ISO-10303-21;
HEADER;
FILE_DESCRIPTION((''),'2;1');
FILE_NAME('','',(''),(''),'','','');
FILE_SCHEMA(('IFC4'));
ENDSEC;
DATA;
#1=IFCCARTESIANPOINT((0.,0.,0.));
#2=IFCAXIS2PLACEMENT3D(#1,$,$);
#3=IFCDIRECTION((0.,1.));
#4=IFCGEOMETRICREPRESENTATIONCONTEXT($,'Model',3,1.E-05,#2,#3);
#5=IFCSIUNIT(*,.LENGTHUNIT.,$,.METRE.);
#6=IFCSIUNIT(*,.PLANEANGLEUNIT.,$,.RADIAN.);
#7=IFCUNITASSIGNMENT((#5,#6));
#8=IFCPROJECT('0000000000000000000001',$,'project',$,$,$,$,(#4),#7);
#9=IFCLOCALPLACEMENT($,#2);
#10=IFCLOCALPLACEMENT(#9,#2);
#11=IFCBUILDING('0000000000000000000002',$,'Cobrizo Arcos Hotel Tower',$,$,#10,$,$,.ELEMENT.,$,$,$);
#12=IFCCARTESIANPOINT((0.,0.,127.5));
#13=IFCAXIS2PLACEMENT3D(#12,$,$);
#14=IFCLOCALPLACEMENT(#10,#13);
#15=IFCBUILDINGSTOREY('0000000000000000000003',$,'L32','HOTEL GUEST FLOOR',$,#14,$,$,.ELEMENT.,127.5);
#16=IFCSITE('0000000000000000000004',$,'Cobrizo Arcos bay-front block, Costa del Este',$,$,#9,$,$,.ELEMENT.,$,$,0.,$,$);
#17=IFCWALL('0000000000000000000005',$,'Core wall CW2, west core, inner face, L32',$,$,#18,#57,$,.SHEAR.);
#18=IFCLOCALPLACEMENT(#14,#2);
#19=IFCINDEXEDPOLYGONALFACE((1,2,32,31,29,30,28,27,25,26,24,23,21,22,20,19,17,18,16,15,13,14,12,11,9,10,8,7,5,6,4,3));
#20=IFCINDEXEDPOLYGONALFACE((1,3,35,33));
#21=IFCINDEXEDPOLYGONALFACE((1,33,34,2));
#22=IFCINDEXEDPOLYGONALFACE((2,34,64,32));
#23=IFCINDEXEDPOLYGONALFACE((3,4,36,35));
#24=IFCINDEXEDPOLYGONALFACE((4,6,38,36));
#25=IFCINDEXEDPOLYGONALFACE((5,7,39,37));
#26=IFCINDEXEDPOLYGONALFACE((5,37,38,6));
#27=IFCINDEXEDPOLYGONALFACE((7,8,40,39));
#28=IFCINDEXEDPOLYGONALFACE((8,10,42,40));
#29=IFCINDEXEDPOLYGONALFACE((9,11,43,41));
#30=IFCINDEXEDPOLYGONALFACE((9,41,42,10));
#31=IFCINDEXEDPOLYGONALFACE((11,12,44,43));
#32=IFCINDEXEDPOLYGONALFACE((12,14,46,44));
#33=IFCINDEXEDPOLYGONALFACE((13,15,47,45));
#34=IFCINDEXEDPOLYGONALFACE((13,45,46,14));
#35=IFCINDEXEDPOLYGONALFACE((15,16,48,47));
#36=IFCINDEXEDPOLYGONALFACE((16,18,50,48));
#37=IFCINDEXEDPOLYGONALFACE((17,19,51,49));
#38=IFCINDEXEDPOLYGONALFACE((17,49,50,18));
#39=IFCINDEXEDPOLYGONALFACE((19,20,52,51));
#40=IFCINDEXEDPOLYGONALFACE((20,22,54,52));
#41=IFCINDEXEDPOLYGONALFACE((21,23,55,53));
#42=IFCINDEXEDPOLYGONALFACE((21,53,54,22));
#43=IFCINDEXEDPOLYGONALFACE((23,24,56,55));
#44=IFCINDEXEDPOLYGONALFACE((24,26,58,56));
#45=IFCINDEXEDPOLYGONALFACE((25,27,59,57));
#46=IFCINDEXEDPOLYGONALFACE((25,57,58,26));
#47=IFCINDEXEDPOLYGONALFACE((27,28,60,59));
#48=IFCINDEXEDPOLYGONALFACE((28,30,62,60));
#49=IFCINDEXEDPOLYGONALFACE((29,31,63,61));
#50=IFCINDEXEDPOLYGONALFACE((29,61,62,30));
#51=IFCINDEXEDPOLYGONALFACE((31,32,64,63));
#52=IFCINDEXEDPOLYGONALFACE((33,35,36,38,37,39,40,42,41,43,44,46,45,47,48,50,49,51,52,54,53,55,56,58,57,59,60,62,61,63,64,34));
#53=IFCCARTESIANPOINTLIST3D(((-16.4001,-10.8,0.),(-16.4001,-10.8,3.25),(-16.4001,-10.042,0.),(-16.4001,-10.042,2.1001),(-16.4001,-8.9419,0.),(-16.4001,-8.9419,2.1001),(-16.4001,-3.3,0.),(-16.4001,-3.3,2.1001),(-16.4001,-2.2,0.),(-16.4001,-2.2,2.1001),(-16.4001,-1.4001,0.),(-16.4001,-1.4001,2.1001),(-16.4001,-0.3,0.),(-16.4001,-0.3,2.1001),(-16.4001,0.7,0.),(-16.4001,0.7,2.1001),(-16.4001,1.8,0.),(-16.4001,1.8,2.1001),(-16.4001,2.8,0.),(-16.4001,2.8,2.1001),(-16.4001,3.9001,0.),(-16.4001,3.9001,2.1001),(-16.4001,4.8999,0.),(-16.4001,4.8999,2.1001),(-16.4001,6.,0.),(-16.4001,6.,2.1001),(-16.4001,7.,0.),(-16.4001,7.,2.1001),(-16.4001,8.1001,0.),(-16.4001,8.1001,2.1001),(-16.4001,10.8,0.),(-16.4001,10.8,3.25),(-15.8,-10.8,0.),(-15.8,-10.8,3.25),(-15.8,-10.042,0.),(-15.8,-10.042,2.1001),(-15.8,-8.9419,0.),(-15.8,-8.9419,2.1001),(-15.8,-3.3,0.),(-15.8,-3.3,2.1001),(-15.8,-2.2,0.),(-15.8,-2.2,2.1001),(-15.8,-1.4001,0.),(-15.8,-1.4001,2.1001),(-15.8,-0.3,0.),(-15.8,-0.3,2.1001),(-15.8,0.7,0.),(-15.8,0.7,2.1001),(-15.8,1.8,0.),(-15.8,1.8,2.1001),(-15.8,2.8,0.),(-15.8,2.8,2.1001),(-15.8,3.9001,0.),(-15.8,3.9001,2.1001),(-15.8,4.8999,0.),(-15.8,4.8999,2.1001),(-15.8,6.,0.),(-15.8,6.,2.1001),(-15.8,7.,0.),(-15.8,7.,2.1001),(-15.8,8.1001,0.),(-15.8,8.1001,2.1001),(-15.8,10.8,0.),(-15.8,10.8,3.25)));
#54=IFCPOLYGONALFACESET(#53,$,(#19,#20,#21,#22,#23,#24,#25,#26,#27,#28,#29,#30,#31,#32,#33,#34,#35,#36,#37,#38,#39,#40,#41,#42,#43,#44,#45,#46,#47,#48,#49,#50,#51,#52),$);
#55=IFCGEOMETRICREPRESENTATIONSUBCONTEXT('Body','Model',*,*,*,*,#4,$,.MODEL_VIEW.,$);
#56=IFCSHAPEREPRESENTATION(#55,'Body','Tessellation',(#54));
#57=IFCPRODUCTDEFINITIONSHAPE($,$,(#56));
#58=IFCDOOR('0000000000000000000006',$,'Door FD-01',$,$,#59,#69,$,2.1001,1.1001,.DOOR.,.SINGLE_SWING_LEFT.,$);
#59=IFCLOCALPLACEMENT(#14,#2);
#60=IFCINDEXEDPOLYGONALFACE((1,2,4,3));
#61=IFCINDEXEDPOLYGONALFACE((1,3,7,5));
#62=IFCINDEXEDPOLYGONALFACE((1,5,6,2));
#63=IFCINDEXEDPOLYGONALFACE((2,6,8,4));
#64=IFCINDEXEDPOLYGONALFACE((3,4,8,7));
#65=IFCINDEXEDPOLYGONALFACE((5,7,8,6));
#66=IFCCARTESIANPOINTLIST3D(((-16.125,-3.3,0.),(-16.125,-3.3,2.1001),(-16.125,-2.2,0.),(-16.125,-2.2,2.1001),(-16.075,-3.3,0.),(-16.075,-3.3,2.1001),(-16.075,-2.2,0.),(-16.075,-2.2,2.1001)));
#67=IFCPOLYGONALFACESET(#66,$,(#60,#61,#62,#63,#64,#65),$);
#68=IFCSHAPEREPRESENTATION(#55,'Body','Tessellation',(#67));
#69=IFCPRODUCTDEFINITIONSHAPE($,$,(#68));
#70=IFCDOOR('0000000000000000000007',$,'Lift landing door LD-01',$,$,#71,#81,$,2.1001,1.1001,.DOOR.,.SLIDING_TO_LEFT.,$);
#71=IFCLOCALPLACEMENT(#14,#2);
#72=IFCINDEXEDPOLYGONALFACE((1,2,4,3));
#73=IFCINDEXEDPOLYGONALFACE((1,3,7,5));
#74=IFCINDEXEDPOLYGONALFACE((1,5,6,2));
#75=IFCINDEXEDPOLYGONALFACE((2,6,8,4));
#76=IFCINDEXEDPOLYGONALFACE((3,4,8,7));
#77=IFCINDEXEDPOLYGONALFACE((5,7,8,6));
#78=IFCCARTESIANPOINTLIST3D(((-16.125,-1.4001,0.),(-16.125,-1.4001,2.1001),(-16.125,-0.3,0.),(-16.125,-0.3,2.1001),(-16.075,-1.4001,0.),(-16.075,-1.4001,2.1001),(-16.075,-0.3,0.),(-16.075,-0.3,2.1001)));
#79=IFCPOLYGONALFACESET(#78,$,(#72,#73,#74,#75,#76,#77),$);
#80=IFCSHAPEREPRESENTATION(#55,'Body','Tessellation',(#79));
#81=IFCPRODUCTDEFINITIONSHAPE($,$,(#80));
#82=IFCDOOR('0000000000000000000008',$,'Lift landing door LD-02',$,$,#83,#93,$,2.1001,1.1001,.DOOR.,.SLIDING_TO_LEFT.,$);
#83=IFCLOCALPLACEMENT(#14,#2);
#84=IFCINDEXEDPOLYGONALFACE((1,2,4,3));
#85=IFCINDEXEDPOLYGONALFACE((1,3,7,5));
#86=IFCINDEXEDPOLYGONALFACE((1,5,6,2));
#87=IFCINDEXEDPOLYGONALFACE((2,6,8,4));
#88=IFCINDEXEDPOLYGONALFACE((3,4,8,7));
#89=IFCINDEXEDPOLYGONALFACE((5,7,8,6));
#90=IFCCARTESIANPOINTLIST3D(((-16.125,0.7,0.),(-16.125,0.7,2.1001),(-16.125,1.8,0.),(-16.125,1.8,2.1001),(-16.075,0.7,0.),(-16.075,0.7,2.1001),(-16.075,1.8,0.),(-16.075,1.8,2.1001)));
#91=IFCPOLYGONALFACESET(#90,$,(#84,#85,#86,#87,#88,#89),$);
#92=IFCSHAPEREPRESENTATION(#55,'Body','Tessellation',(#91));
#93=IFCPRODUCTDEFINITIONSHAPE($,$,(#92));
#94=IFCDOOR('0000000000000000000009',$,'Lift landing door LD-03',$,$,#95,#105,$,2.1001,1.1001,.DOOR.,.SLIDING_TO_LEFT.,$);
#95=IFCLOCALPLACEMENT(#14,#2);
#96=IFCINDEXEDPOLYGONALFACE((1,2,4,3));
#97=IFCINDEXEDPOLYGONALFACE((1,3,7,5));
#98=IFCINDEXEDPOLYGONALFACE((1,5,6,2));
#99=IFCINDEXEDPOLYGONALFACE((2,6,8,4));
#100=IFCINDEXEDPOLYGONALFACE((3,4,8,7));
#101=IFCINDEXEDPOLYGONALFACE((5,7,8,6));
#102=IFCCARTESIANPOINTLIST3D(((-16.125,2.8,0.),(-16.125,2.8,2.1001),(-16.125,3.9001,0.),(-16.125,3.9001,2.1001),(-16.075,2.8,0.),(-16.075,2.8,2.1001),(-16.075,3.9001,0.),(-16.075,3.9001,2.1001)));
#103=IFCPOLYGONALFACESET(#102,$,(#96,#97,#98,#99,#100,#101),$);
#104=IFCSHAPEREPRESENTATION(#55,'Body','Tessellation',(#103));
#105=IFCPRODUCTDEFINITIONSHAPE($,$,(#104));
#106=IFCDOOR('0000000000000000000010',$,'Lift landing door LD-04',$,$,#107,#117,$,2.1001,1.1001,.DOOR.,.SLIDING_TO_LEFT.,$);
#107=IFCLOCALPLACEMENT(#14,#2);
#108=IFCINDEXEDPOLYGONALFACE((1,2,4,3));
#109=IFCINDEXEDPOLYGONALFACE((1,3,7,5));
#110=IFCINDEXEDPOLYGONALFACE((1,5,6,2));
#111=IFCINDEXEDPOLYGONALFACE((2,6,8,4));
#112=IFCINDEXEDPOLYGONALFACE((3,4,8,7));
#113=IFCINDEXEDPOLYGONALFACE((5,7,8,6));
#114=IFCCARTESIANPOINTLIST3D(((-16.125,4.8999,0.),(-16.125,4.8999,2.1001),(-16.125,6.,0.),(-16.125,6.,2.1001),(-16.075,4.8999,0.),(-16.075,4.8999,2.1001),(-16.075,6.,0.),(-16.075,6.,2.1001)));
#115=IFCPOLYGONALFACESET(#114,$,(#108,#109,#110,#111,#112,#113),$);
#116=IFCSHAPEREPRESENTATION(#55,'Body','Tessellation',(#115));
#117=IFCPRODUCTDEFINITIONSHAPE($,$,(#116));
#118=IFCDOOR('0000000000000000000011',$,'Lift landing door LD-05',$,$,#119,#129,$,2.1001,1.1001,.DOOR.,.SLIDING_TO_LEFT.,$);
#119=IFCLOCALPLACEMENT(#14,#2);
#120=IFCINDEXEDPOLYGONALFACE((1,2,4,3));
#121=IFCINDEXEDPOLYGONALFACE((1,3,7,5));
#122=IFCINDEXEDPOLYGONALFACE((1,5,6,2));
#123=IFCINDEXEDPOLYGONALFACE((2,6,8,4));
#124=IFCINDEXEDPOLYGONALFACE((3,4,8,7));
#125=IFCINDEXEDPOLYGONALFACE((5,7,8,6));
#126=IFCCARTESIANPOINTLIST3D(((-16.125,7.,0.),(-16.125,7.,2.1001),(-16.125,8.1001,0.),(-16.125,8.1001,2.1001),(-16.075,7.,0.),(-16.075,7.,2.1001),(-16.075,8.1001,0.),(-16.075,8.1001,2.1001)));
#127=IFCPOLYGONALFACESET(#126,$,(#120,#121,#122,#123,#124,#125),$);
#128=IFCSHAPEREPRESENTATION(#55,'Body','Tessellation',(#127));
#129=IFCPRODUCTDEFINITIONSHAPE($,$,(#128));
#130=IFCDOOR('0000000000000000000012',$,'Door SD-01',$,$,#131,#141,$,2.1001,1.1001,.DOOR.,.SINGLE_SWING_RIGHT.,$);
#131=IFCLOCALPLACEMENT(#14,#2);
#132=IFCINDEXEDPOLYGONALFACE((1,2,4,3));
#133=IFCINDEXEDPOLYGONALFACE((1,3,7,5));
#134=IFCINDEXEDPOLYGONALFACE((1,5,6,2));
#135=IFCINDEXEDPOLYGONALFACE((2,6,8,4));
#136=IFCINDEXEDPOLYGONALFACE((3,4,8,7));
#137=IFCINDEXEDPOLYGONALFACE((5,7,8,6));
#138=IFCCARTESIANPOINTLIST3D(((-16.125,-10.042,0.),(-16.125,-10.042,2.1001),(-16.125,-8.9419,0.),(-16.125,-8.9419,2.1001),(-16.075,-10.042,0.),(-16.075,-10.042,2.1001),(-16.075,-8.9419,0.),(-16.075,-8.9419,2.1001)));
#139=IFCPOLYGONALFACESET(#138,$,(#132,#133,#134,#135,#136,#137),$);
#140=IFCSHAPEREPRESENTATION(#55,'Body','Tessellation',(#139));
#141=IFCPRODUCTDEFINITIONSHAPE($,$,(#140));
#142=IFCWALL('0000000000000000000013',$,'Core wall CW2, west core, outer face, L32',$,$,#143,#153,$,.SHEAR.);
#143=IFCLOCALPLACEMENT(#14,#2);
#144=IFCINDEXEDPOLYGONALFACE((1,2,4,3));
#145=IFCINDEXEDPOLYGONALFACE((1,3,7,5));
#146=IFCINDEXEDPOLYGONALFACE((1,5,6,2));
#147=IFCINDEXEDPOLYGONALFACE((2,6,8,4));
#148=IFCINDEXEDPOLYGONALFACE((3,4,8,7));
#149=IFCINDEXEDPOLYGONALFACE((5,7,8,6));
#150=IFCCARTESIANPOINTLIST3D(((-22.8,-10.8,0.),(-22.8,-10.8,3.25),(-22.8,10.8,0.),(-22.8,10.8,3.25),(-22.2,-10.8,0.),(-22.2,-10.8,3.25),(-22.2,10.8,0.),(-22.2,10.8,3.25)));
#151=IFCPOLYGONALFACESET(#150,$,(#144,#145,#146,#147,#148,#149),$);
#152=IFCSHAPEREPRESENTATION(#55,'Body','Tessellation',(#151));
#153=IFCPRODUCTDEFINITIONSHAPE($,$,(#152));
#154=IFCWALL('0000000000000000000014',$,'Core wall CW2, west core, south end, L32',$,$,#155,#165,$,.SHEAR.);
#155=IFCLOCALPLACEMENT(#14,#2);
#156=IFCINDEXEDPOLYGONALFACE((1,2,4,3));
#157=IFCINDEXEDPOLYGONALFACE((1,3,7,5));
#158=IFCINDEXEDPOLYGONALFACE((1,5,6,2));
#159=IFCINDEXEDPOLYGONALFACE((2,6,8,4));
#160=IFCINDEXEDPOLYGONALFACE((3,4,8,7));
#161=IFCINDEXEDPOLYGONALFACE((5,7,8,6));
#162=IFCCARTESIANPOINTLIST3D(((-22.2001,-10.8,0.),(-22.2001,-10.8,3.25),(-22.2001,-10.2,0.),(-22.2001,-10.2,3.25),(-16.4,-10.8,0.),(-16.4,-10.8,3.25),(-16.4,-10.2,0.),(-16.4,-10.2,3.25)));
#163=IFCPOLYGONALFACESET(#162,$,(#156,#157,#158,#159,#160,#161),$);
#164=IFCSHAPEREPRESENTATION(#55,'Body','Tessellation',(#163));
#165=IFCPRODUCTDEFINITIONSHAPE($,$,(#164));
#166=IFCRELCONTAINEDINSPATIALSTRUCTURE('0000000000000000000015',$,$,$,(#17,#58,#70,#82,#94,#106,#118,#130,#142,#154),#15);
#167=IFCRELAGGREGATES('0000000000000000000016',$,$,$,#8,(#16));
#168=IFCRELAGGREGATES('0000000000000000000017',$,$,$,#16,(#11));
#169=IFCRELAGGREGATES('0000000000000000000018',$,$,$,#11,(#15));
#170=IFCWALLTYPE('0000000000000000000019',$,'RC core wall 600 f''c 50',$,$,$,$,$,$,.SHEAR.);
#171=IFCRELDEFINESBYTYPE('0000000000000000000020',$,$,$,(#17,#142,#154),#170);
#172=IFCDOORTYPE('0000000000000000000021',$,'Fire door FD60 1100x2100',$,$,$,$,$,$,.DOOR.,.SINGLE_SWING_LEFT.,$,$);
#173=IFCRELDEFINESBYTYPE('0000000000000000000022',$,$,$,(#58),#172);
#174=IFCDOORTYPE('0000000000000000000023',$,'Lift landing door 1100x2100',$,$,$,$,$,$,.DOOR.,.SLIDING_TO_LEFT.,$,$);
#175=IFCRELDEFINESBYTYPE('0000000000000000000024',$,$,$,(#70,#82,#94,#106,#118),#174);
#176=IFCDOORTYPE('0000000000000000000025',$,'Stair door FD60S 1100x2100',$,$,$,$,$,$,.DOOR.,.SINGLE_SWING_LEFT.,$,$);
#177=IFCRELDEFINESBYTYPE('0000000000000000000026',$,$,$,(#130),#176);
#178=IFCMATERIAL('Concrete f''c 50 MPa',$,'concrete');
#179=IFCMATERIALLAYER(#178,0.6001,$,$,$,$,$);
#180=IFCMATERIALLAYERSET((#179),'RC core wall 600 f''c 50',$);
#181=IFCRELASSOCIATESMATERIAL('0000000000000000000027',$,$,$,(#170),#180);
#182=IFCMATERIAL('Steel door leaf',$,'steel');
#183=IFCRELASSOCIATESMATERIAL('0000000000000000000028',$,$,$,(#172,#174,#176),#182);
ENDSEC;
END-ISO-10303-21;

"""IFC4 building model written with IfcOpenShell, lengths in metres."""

from ifc_helpers import new_model, si_unit, direction, frame, frame_2d, origin, place, context, subcontext, project, spatial, rectangle, extrude, material, layer, layer_set, type_object, element, fill, save


model = new_model("IFC4")

# Units and contexts
model_context = context("Model", 3, precision=1e-05, world=origin(), true_north=direction((0.0, 1.0)))
body_context = subcontext(model_context, "Body", "Model", "MODEL_VIEW")
ifc_project = project(units=[si_unit("LENGTHUNIT", "METRE"), si_unit("PLANEANGLEUNIT", "RADIAN")], contexts=[model_context])

# Site, building, storey
site_placement = place(None, origin())
site = spatial("IfcSite", under=ifc_project, at=site_placement, Name="Cobrizo Arcos bay-front block, Costa del Este", CompositionType="ELEMENT", RefElevation=0.0)
building_placement = place(site_placement, origin())
building = spatial("IfcBuilding", under=site, at=building_placement, Name="Cobrizo Arcos Hotel Tower", CompositionType="ELEMENT")
storey_placement = place(building_placement, frame((0.0, 0.0, 127.5)))
storey = spatial("IfcBuildingStorey", under=building, at=storey_placement, Name="L32", Description="HOTEL GUEST FLOOR", CompositionType="ELEMENT", Elevation=127.5)

# Wall, openings, doors
ifc_material_1 = material(Name="Concrete f'c 50 MPa", Category="concrete")
ifc_layer_1 = layer(ifc_material_1, 0.6001)
ifc_layer_set_1 = layer_set([ifc_layer_1], Name="RC core wall 600 f'c 50")
wall_type_1 = type_object("IfcWallType", Name="RC core wall 600 f'c 50", PredefinedType="SHEAR", material=ifc_layer_set_1)
wall_1_placement = place(storey_placement, frame((-16.1001, -10.8, 0.0), z_axis=(0.0, 0.0, 1.0), x_axis=(0.0, 1.0, 0.0)))
wall_1 = element("IfcWall", 1, at=wall_1_placement, inside=storey, type_object=wall_type_1, Name="Core wall CW2, west core, inner face, L32", PredefinedType="SHEAR", context=body_context, shape_type="SweptSolid", body=[
    extrude(rectangle(XDim=21.6001, YDim=0.6001, at=frame_2d((10.8, 0.0))), origin(), (0.0, 0.0, 1.0), 3.25),
])
opening_1_placement = place(wall_1_placement, frame((9.3999, 0.0, 0.0)))
opening_1 = element("IfcOpeningElement", 2, at=opening_1_placement, cuts=wall_1, PredefinedType="OPENING", context=body_context, shape_type="SweptSolid", body=[
    extrude(rectangle(XDim=1.1001, YDim=2.1001, at=frame_2d((0.55, 1.05))), frame((0.0, 0.312, 0.0), z_axis=(0.0, -1.0, 0.0), x_axis=(1.0, 0.0, 0.0)), (0.0, 0.0, 1.0), 0.624),
])
opening_2_placement = place(wall_1_placement, frame((11.5, 0.0, 0.0)))
opening_2 = element("IfcOpeningElement", 3, at=opening_2_placement, cuts=wall_1, PredefinedType="OPENING", context=body_context, shape_type="SweptSolid", body=[
    extrude(rectangle(XDim=1.1001, YDim=2.1001, at=frame_2d((0.55, 1.05))), frame((0.0, 0.312, 0.0), z_axis=(0.0, -1.0, 0.0), x_axis=(1.0, 0.0, 0.0)), (0.0, 0.0, 1.0), 0.624),
])
opening_3_placement = place(wall_1_placement, frame((13.6001, 0.0, 0.0)))
opening_3 = element("IfcOpeningElement", 4, at=opening_3_placement, cuts=wall_1, PredefinedType="OPENING", context=body_context, shape_type="SweptSolid", body=[
    extrude(rectangle(XDim=1.1001, YDim=2.1001, at=frame_2d((0.55, 1.05))), frame((0.0, 0.312, 0.0), z_axis=(0.0, -1.0, 0.0), x_axis=(1.0, 0.0, 0.0)), (0.0, 0.0, 1.0), 0.624),
])
opening_4_placement = place(wall_1_placement, frame((15.7, 0.0, 0.0)))
opening_4 = element("IfcOpeningElement", 5, at=opening_4_placement, cuts=wall_1, PredefinedType="OPENING", context=body_context, shape_type="SweptSolid", body=[
    extrude(rectangle(XDim=1.1001, YDim=2.1001, at=frame_2d((0.55, 1.05))), frame((0.0, 0.312, 0.0), z_axis=(0.0, -1.0, 0.0), x_axis=(1.0, 0.0, 0.0)), (0.0, 0.0, 1.0), 0.624),
])
opening_5_placement = place(wall_1_placement, frame((17.8, 0.0, 0.0)))
opening_5 = element("IfcOpeningElement", 6, at=opening_5_placement, cuts=wall_1, PredefinedType="OPENING", context=body_context, shape_type="SweptSolid", body=[
    extrude(rectangle(XDim=1.1001, YDim=2.1001, at=frame_2d((0.55, 1.05))), frame((0.0, 0.312, 0.0), z_axis=(0.0, -1.0, 0.0), x_axis=(1.0, 0.0, 0.0)), (0.0, 0.0, 1.0), 0.624),
])
opening_6_placement = place(wall_1_placement, frame((0.7581, 0.0, 0.0)))
opening_6 = element("IfcOpeningElement", 7, at=opening_6_placement, cuts=wall_1, PredefinedType="OPENING", context=body_context, shape_type="SweptSolid", body=[
    extrude(rectangle(XDim=1.1001, YDim=2.1001, at=frame_2d((0.55, 1.05))), frame((0.0, 0.312, 0.0), z_axis=(0.0, -1.0, 0.0), x_axis=(1.0, 0.0, 0.0)), (0.0, 0.0, 1.0), 0.624),
])
opening_7_placement = place(wall_1_placement, frame((7.5, 0.0, 0.0)))
opening_7 = element("IfcOpeningElement", 8, at=opening_7_placement, cuts=wall_1, PredefinedType="OPENING", context=body_context, shape_type="SweptSolid", body=[
    extrude(rectangle(XDim=1.1001, YDim=2.1001, at=frame_2d((0.55, 1.05))), frame((0.0, 0.312, 0.0), z_axis=(0.0, -1.0, 0.0), x_axis=(1.0, 0.0, 0.0)), (0.0, 0.0, 1.0), 0.624),
])
ifc_material_2 = material(Name="Steel door leaf", Category="steel")
door_type_1 = type_object("IfcDoorType", Name="Fire door FD60 1100x2100", OperationType="SINGLE_SWING_LEFT", PredefinedType="DOOR", material=ifc_material_2)
door_1_placement = place(opening_7_placement, origin())
door_1 = element("IfcDoor", 9, at=door_1_placement, inside=storey, type_object=door_type_1, Name="Door FD-01", OperationType="SINGLE_SWING_LEFT", OverallHeight=2.1001, OverallWidth=1.1001, PredefinedType="DOOR", context=body_context, shape_type="SweptSolid", body=[
    extrude(rectangle(XDim=1.1001, YDim=2.1001, at=frame_2d((0.55, 1.05))), frame((0.0, 0.0249, 0.0), z_axis=(0.0, -1.0, 0.0), x_axis=(1.0, 0.0, 0.0)), (0.0, 0.0, 1.0), 0.05),
])
fill(opening_7, door_1)
door_type_2 = type_object("IfcDoorType", Name="Lift landing door 1100x2100", OperationType="SLIDING_TO_LEFT", PredefinedType="DOOR", material=ifc_material_2)
door_2_placement = place(opening_1_placement, origin())
door_2 = element("IfcDoor", 10, at=door_2_placement, inside=storey, type_object=door_type_2, Name="Lift landing door LD-01", OperationType="SLIDING_TO_LEFT", OverallHeight=2.1001, OverallWidth=1.1001, PredefinedType="DOOR", context=body_context, shape_type="SweptSolid", body=[
    extrude(rectangle(XDim=1.1001, YDim=2.1001, at=frame_2d((0.55, 1.05))), frame((0.0, 0.0249, 0.0), z_axis=(0.0, -1.0, 0.0), x_axis=(1.0, 0.0, 0.0)), (0.0, 0.0, 1.0), 0.05),
])
fill(opening_1, door_2)
door_3_placement = place(opening_2_placement, origin())
door_3 = element("IfcDoor", 11, at=door_3_placement, inside=storey, type_object=door_type_2, Name="Lift landing door LD-02", OperationType="SLIDING_TO_LEFT", OverallHeight=2.1001, OverallWidth=1.1001, PredefinedType="DOOR", context=body_context, shape_type="SweptSolid", body=[
    extrude(rectangle(XDim=1.1001, YDim=2.1001, at=frame_2d((0.55, 1.05))), frame((0.0, 0.0249, 0.0), z_axis=(0.0, -1.0, 0.0), x_axis=(1.0, 0.0, 0.0)), (0.0, 0.0, 1.0), 0.05),
])
fill(opening_2, door_3)
door_4_placement = place(opening_3_placement, origin())
door_4 = element("IfcDoor", 12, at=door_4_placement, inside=storey, type_object=door_type_2, Name="Lift landing door LD-03", OperationType="SLIDING_TO_LEFT", OverallHeight=2.1001, OverallWidth=1.1001, PredefinedType="DOOR", context=body_context, shape_type="SweptSolid", body=[
    extrude(rectangle(XDim=1.1001, YDim=2.1001, at=frame_2d((0.55, 1.05))), frame((0.0, 0.0249, 0.0), z_axis=(0.0, -1.0, 0.0), x_axis=(1.0, 0.0, 0.0)), (0.0, 0.0, 1.0), 0.05),
])
fill(opening_3, door_4)
door_5_placement = place(opening_4_placement, origin())
door_5 = element("IfcDoor", 13, at=door_5_placement, inside=storey, type_object=door_type_2, Name="Lift landing door LD-04", OperationType="SLIDING_TO_LEFT", OverallHeight=2.1001, OverallWidth=1.1001, PredefinedType="DOOR", context=body_context, shape_type="SweptSolid", body=[
    extrude(rectangle(XDim=1.1001, YDim=2.1001, at=frame_2d((0.55, 1.05))), frame((0.0, 0.0249, 0.0), z_axis=(0.0, -1.0, 0.0), x_axis=(1.0, 0.0, 0.0)), (0.0, 0.0, 1.0), 0.05),
])
fill(opening_4, door_5)
door_6_placement = place(opening_5_placement, origin())
door_6 = element("IfcDoor", 14, at=door_6_placement, inside=storey, type_object=door_type_2, Name="Lift landing door LD-05", OperationType="SLIDING_TO_LEFT", OverallHeight=2.1001, OverallWidth=1.1001, PredefinedType="DOOR", context=body_context, shape_type="SweptSolid", body=[
    extrude(rectangle(XDim=1.1001, YDim=2.1001, at=frame_2d((0.55, 1.05))), frame((0.0, 0.0249, 0.0), z_axis=(0.0, -1.0, 0.0), x_axis=(1.0, 0.0, 0.0)), (0.0, 0.0, 1.0), 0.05),
])
fill(opening_5, door_6)
door_type_3 = type_object("IfcDoorType", Name="Stair door FD60S 1100x2100", OperationType="SINGLE_SWING_LEFT", PredefinedType="DOOR", material=ifc_material_2)
door_7_placement = place(opening_6_placement, origin())
door_7 = element("IfcDoor", 15, at=door_7_placement, inside=storey, type_object=door_type_3, Name="Door SD-01", OperationType="SINGLE_SWING_RIGHT", OverallHeight=2.1001, OverallWidth=1.1001, PredefinedType="DOOR", context=body_context, shape_type="SweptSolid", body=[
    extrude(rectangle(XDim=1.1001, YDim=2.1001, at=frame_2d((0.55, 1.05))), frame((0.0, 0.0249, 0.0), z_axis=(0.0, -1.0, 0.0), x_axis=(1.0, 0.0, 0.0)), (0.0, 0.0, 1.0), 0.05),
])
fill(opening_6, door_7)

# Walls
wall_2_placement = place(storey_placement, frame((-22.5, -10.8, 0.0), z_axis=(0.0, 0.0, 1.0), x_axis=(0.0, 1.0, 0.0)))
element("IfcWall", 16, at=wall_2_placement, inside=storey, type_object=wall_type_1, Name="Core wall CW2, west core, outer face, L32", PredefinedType="SHEAR", context=body_context, shape_type="SweptSolid", body=[
    extrude(rectangle(XDim=21.6001, YDim=0.6001, at=frame_2d((10.8, 0.0))), origin(), (0.0, 0.0, 1.0), 3.25),
])
wall_3_placement = place(storey_placement, frame((-22.2, -10.5, 0.0), z_axis=(0.0, 0.0, 1.0), x_axis=(1.0, 0.0, 0.0)))
element("IfcWall", 17, at=wall_3_placement, inside=storey, type_object=wall_type_1, Name="Core wall CW2, west core, south end, L32", PredefinedType="SHEAR", context=body_context, shape_type="SweptSolid", body=[
    extrude(rectangle(XDim=5.8, YDim=0.6001, at=frame_2d((2.8999, 0.0))), origin(), (0.0, 0.0, 1.0), 3.25),
])

save(model, "model.ifc")
